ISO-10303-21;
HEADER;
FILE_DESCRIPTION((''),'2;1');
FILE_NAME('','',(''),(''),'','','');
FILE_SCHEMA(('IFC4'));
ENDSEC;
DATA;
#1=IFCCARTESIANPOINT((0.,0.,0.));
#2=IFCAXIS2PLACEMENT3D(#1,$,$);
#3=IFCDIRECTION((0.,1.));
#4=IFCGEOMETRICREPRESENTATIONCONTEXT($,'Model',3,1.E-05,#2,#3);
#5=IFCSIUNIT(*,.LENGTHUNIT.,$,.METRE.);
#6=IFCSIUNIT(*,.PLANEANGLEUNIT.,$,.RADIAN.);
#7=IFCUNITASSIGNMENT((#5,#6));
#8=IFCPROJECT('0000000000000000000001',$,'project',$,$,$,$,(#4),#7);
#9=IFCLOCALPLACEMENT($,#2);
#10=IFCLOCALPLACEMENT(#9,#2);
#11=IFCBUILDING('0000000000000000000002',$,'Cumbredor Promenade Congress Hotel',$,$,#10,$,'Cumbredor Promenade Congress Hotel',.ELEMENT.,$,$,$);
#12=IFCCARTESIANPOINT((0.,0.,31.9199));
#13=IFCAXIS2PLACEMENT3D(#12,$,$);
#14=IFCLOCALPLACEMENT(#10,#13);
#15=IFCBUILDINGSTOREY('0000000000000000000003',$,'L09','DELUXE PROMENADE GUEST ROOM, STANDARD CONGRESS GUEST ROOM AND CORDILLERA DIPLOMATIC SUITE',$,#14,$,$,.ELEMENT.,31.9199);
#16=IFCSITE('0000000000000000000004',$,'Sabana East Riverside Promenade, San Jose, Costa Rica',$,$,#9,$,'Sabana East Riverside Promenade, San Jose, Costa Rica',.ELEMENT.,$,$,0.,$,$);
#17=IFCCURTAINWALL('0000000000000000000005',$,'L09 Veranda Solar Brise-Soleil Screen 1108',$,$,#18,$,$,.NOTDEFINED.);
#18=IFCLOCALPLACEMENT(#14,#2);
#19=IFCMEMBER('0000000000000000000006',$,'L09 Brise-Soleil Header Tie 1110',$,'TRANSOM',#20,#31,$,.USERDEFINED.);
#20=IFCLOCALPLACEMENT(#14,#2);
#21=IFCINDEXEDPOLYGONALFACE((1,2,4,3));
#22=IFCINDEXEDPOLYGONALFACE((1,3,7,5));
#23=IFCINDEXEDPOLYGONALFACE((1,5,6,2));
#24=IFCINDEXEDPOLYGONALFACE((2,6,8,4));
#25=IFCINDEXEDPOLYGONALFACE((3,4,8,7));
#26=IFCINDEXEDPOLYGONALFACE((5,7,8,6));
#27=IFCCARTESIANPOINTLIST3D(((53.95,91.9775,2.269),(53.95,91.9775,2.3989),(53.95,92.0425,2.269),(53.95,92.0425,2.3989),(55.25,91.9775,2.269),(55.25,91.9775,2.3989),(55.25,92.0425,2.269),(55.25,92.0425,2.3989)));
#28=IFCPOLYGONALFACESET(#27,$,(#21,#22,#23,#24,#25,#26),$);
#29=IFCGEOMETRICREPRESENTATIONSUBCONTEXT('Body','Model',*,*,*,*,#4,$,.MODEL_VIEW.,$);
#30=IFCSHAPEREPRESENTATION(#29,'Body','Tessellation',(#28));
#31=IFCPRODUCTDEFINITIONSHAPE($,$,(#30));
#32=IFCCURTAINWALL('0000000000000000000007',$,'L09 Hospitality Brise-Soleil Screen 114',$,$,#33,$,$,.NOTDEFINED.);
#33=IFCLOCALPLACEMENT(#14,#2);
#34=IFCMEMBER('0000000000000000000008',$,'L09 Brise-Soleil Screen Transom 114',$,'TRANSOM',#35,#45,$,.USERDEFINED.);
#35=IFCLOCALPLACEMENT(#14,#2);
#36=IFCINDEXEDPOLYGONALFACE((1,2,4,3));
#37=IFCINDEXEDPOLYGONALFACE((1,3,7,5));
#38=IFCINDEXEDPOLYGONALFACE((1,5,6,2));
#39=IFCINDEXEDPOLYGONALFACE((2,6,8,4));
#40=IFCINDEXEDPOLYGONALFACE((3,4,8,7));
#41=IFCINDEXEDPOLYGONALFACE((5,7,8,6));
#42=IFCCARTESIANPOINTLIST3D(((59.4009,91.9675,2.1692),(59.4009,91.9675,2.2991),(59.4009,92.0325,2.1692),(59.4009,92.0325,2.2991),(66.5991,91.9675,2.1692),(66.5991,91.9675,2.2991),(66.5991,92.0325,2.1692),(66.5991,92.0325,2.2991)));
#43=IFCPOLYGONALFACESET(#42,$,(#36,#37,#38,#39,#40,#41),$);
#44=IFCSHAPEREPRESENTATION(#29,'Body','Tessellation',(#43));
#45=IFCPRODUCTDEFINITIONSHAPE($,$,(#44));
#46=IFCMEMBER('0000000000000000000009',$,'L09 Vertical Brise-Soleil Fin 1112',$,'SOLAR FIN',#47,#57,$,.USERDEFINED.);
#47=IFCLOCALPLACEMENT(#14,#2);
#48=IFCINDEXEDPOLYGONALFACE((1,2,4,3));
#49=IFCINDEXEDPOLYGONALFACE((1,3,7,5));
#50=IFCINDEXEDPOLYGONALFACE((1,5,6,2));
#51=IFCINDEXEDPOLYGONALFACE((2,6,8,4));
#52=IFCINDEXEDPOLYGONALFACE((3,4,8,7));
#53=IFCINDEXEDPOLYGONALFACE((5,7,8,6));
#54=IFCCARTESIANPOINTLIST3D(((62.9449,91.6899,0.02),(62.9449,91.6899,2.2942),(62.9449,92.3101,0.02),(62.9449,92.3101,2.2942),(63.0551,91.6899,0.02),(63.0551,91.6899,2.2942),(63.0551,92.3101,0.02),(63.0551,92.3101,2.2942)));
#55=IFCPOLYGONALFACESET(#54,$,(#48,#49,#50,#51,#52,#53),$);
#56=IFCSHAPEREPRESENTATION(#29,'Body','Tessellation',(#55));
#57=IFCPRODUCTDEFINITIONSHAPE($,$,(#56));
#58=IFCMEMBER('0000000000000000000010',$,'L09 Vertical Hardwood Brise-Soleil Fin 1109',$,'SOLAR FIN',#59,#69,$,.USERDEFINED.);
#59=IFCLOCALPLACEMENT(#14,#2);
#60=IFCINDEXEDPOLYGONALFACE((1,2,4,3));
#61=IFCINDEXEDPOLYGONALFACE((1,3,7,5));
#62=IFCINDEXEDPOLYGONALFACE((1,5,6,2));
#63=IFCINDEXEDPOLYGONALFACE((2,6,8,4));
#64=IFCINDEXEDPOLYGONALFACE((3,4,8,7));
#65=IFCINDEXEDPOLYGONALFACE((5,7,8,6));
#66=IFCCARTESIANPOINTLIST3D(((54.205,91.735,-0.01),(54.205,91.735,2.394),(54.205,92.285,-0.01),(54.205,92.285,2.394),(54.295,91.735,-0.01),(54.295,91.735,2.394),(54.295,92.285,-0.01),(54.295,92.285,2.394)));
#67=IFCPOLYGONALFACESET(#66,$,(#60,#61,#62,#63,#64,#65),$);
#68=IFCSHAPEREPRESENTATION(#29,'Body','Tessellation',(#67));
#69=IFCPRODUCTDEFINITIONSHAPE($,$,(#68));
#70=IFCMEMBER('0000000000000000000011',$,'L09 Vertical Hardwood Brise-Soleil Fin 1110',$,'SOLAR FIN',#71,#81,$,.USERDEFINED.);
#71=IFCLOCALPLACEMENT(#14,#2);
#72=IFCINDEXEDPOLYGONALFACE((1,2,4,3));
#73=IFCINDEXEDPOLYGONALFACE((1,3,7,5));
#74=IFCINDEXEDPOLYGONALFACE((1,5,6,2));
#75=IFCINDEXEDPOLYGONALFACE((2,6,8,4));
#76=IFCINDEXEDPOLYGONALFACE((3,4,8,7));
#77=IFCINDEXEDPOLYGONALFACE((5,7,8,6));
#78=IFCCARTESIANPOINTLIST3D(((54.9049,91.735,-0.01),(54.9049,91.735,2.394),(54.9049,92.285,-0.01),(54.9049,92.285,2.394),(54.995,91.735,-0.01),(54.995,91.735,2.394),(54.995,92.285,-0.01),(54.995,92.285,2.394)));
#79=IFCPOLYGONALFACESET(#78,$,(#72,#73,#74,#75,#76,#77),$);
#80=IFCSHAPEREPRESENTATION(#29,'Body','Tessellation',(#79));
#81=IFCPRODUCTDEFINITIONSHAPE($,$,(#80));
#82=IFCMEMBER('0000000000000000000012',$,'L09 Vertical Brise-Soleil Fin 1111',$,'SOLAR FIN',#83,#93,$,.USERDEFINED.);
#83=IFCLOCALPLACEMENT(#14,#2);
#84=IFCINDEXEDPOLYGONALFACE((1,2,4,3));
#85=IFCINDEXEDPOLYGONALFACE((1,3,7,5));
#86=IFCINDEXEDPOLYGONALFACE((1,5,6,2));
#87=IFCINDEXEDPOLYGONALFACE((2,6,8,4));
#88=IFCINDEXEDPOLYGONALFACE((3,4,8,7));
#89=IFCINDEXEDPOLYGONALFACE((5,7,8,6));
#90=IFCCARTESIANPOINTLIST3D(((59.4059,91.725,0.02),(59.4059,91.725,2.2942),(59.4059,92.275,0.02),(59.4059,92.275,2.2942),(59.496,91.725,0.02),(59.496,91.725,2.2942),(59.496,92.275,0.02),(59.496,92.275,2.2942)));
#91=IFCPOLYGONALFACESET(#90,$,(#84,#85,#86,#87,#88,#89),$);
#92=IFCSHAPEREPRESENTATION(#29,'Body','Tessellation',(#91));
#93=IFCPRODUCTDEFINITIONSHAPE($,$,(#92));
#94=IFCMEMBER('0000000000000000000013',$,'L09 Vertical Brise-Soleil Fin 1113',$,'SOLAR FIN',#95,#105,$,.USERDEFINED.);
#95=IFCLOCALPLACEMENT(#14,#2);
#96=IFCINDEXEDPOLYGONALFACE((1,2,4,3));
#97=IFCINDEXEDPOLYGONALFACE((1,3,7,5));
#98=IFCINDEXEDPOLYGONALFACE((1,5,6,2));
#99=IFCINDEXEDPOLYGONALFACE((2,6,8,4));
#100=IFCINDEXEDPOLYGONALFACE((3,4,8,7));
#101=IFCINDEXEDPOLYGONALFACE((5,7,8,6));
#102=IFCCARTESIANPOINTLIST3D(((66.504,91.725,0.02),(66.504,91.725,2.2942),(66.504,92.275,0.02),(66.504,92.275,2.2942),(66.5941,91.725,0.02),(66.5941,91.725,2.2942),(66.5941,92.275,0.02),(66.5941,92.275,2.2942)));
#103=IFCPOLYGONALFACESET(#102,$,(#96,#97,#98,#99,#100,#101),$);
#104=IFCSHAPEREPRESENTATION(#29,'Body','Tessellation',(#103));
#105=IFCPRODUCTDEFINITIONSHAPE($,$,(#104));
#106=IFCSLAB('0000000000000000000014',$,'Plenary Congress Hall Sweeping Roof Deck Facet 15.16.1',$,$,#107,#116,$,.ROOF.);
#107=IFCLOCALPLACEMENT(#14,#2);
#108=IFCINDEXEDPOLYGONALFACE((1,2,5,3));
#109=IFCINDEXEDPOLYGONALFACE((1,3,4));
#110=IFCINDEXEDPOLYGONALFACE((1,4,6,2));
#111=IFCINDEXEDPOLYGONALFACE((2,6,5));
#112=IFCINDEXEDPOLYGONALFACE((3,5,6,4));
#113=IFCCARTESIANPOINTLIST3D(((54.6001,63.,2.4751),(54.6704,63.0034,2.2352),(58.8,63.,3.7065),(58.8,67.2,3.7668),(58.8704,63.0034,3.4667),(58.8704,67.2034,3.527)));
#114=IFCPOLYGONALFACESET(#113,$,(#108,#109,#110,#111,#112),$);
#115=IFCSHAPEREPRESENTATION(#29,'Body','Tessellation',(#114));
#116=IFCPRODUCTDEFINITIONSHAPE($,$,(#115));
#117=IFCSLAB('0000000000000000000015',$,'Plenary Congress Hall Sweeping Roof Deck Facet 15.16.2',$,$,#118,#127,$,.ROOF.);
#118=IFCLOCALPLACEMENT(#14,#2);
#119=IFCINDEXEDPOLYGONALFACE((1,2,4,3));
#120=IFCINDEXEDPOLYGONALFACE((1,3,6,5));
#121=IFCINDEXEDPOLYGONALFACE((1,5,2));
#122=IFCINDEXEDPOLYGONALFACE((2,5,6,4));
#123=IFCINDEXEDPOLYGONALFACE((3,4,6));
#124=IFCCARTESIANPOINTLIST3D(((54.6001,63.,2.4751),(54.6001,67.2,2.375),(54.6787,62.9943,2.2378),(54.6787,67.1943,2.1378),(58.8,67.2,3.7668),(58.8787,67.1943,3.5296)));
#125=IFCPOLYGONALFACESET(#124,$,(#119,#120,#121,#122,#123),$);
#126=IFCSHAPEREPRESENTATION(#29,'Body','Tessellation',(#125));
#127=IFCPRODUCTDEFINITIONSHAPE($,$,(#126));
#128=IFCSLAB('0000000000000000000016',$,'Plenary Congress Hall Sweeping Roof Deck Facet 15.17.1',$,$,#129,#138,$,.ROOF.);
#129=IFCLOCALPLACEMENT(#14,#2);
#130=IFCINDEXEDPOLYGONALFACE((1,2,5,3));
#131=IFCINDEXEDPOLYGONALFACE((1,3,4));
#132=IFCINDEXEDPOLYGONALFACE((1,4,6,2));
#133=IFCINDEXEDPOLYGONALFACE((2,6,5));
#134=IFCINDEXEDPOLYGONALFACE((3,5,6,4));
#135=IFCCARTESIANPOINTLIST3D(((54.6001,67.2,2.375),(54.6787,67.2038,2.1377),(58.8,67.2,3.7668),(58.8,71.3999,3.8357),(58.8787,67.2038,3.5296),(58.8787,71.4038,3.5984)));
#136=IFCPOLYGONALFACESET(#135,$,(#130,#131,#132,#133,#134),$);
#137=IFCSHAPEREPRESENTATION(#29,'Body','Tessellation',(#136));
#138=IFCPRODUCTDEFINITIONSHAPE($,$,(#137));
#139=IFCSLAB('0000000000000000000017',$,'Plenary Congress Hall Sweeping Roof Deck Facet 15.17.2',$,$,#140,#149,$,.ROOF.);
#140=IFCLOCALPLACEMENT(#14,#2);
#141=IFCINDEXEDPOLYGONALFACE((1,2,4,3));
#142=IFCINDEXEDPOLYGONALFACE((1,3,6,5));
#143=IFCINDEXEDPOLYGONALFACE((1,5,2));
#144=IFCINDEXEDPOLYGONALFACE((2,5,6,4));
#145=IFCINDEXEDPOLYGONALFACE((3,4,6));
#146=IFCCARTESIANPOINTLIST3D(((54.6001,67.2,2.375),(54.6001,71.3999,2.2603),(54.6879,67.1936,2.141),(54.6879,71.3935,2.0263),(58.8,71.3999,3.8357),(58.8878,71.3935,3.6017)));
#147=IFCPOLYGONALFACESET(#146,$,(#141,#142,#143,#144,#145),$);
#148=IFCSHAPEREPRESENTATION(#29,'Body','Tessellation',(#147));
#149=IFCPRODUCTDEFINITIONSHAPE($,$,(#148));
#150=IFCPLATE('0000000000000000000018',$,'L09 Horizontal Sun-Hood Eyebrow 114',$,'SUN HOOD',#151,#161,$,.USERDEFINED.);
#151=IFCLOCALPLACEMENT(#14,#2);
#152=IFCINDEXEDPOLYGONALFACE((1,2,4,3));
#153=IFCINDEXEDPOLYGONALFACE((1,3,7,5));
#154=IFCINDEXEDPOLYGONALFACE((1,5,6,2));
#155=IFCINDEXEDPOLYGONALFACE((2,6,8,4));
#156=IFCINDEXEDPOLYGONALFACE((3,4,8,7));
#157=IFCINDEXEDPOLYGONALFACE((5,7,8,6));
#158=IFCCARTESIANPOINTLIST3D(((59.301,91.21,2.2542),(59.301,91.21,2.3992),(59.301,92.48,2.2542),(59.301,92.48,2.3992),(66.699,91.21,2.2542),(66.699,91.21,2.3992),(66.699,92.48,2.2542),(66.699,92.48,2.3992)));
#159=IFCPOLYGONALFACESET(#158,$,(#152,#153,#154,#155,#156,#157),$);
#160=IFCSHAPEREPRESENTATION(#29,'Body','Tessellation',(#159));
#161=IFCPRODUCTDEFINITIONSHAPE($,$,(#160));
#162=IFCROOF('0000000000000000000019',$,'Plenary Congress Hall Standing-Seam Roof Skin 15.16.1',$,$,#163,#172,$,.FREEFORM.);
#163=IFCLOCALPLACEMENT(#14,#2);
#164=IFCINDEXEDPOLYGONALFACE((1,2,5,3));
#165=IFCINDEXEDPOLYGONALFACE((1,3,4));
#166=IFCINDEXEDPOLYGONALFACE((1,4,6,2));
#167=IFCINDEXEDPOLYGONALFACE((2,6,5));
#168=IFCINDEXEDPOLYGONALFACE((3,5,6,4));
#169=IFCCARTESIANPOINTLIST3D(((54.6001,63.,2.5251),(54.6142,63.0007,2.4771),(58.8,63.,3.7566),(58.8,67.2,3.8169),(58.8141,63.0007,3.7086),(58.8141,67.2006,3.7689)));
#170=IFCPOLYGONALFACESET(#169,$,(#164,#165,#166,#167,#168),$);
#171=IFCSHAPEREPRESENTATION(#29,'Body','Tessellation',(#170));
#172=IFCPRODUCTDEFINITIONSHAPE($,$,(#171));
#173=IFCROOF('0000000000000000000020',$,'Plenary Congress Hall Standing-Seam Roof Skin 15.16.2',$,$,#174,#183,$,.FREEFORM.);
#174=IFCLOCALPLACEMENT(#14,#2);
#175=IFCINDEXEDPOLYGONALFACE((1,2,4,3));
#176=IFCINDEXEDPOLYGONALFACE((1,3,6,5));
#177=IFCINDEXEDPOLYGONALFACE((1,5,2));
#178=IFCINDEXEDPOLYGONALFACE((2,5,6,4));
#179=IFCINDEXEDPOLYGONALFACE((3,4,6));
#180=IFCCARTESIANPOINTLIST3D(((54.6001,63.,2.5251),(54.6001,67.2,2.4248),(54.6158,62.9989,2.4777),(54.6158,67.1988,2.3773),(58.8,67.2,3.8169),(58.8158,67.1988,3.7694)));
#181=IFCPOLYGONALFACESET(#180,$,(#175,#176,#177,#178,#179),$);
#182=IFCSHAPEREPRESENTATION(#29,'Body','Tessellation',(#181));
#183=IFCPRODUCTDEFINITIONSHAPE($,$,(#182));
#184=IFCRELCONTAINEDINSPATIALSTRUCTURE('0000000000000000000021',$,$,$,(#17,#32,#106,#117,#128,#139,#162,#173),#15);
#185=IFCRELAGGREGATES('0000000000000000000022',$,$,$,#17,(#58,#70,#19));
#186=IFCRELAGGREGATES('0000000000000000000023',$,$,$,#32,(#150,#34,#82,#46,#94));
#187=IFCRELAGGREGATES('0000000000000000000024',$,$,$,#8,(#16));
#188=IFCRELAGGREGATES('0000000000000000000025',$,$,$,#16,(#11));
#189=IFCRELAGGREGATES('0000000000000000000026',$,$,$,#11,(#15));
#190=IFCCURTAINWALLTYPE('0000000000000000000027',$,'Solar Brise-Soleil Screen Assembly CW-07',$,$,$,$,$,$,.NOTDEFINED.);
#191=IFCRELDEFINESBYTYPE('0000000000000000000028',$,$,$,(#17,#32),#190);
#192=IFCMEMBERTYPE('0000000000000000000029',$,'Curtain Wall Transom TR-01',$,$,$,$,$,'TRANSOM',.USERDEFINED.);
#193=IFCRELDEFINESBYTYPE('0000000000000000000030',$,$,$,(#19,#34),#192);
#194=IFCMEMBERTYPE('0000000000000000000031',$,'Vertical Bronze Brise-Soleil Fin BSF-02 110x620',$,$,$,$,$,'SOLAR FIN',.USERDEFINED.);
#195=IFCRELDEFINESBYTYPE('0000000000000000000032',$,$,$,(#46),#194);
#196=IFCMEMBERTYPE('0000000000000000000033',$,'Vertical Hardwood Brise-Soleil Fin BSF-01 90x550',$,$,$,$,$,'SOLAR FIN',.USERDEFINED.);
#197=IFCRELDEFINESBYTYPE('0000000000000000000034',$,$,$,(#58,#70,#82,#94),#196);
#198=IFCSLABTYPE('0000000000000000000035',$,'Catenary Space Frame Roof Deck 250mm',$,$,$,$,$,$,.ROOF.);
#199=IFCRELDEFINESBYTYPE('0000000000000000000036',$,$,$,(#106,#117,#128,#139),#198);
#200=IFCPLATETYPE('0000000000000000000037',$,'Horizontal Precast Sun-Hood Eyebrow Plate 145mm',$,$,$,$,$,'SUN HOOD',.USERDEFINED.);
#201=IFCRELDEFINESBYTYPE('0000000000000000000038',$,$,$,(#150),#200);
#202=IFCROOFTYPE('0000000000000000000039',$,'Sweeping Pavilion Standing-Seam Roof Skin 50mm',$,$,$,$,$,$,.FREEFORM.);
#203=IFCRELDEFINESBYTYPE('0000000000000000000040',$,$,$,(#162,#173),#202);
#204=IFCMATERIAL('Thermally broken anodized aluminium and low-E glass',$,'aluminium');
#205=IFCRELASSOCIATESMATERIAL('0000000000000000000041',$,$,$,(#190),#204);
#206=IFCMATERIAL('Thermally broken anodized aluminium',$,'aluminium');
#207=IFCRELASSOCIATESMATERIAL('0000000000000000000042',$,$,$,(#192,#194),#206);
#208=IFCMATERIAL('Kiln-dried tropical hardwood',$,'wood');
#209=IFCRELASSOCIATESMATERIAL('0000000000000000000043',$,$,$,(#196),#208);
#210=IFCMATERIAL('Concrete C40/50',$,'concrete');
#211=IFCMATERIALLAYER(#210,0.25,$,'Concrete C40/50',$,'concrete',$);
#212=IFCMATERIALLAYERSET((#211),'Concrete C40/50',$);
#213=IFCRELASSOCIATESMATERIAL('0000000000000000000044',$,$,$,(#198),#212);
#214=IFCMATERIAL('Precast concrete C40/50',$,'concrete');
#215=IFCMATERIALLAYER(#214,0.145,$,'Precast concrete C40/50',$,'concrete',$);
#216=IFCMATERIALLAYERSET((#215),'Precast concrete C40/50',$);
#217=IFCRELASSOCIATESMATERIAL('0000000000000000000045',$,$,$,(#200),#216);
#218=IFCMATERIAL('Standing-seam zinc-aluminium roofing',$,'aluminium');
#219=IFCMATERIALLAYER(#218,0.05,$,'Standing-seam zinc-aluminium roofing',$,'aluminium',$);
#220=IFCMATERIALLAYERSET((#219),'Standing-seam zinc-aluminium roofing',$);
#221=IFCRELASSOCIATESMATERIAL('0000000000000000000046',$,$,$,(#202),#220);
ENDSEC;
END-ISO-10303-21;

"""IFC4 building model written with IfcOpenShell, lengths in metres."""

from ifc_helpers import new_model, si_unit, direction, frame, origin, origin_2d, place, context, subcontext, project, spatial, polyline, rectangle, outline, extrude, material, layer, layer_set, material_profile, profile_set, type_object, element, aggregate, save


model = new_model("IFC4")

# Units and contexts
model_context = context("Model", 3, precision=1e-05, world=origin(), true_north=direction((0.0, 1.0)))
body_context = subcontext(model_context, "Body", "Model", "MODEL_VIEW")
ifc_project = project(units=[si_unit("LENGTHUNIT", "METRE"), si_unit("PLANEANGLEUNIT", "RADIAN")], contexts=[model_context])

# Site, building, storey
site_placement = place(None, origin())
site = spatial("IfcSite", under=ifc_project, at=site_placement, Name="Sabana East Riverside Promenade, San Jose, Costa Rica", LongName="Sabana East Riverside Promenade, San Jose, Costa Rica", CompositionType="ELEMENT", RefElevation=0.0)
building_placement = place(site_placement, origin())
building = spatial("IfcBuilding", under=site, at=building_placement, Name="Cumbredor Promenade Congress Hotel", LongName="Cumbredor Promenade Congress Hotel", CompositionType="ELEMENT")
storey_placement = place(building_placement, frame((0.0, 0.0, 31.9199)))
storey = spatial("IfcBuildingStorey", under=building, at=storey_placement, Name="L09", Description="DELUXE PROMENADE GUEST ROOM, STANDARD CONGRESS GUEST ROOM AND CORDILLERA DIPLOMATIC SUITE", CompositionType="ELEMENT", Elevation=31.9199)

# Curtain wall, member
ifc_material_1 = material(Name="Thermally broken anodized aluminium and low-E glass", Category="aluminium")
curtain_wall_type = type_object("IfcCurtainWallType", Name="Solar Brise-Soleil Screen Assembly CW-07", PredefinedType="NOTDEFINED", material=ifc_material_1)
curtain_wall_1_placement = place(storey_placement, origin())
curtain_wall_1 = element("IfcCurtainWall", 1, at=curtain_wall_1_placement, inside=storey, type_object=curtain_wall_type, Name="L09 Veranda Solar Brise-Soleil Screen 1108", PredefinedType="NOTDEFINED")
ifc_material_2 = material(Name="Thermally broken anodized aluminium", Category="aluminium")
ifc_material_profile_1 = material_profile(ifc_material_2, rectangle(XDim=0.0649, YDim=0.1299, at=origin_2d()), Name="ALU TRANSOM 65x130")
ifc_profile_set_1 = profile_set([ifc_material_profile_1], Name="Thermally broken anodized aluminium")
member_type_1 = type_object("IfcMemberType", Name="Curtain Wall Transom TR-01", ElementType="TRANSOM", PredefinedType="USERDEFINED", material=ifc_profile_set_1)
member_1_placement = place(storey_placement, frame((53.95, 92.01, 2.334), z_axis=(1.0, 0.0, 0.0), x_axis=(0.0, 1.0, 0.0)))
member_1 = element("IfcMember", 2, at=member_1_placement, type_object=member_type_1, Name="L09 Brise-Soleil Header Tie 1110", ObjectType="TRANSOM", PredefinedType="USERDEFINED", context=body_context, shape_type="SweptSolid", body=[
    extrude(rectangle(XDim=0.0649, YDim=0.1299, at=origin_2d()), origin(), (0.0, 0.0, 1.0), 1.3),
])

# Curtain wall, members
curtain_wall_2_placement = place(storey_placement, origin())
curtain_wall_2 = element("IfcCurtainWall", 3, at=curtain_wall_2_placement, inside=storey, type_object=curtain_wall_type, Name="L09 Hospitality Brise-Soleil Screen 114", PredefinedType="NOTDEFINED")
member_2_placement = place(storey_placement, frame((59.4009, 92.0, 2.2341), z_axis=(1.0, 0.0, 0.0), x_axis=(0.0, 1.0, 0.0)))
member_2 = element("IfcMember", 4, at=member_2_placement, type_object=member_type_1, Name="L09 Brise-Soleil Screen Transom 114", ObjectType="TRANSOM", PredefinedType="USERDEFINED", context=body_context, shape_type="SweptSolid", body=[
    extrude(rectangle(XDim=0.0649, YDim=0.1299, at=origin_2d()), origin(), (0.0, 0.0, 1.0), 7.1982),
])
ifc_material_profile_2 = material_profile(ifc_material_2, rectangle(XDim=0.1101, YDim=0.6201, at=origin_2d()), Name="ARCH FIN 110x620")
ifc_profile_set_2 = profile_set([ifc_material_profile_2], Name="Thermally broken anodized aluminium")
member_type_2 = type_object("IfcMemberType", Name="Vertical Bronze Brise-Soleil Fin BSF-02 110x620", ElementType="SOLAR FIN", PredefinedType="USERDEFINED", material=ifc_profile_set_2)
member_3_placement = place(storey_placement, frame((63.0, 92.0, 0.02), z_axis=(0.0, 0.0, 1.0), x_axis=(1.0, 0.0, 0.0)))
member_3 = element("IfcMember", 5, at=member_3_placement, type_object=member_type_2, Name="L09 Vertical Brise-Soleil Fin 1112", ObjectType="SOLAR FIN", PredefinedType="USERDEFINED", context=body_context, shape_type="SweptSolid", body=[
    extrude(rectangle(XDim=0.1101, YDim=0.6201, at=origin_2d()), origin(), (0.0, 0.0, 1.0), 2.2742),
])

# Members
ifc_material_3 = material(Name="Kiln-dried tropical hardwood", Category="wood")
ifc_material_profile_3 = material_profile(ifc_material_3, rectangle(XDim=0.0901, YDim=0.55, at=origin_2d()), Name="ARCH FIN 90x550")
ifc_profile_set_3 = profile_set([ifc_material_profile_3], Name="Kiln-dried tropical hardwood")
member_type_3 = type_object("IfcMemberType", Name="Vertical Hardwood Brise-Soleil Fin BSF-01 90x550", ElementType="SOLAR FIN", PredefinedType="USERDEFINED", material=ifc_profile_set_3)
member_4_placement = place(storey_placement, frame((54.25, 92.01, -0.01), z_axis=(0.0, 0.0, 1.0), x_axis=(1.0, 0.0, 0.0)))
member_4 = element("IfcMember", 6, at=member_4_placement, type_object=member_type_3, Name="L09 Vertical Hardwood Brise-Soleil Fin 1109", ObjectType="SOLAR FIN", PredefinedType="USERDEFINED", context=body_context, shape_type="SweptSolid", body=[
    extrude(rectangle(XDim=0.0901, YDim=0.55, at=origin_2d()), origin(), (0.0, 0.0, 1.0), 2.4041),
])
member_5_placement = place(storey_placement, frame((54.95, 92.01, -0.01), z_axis=(0.0, 0.0, 1.0), x_axis=(1.0, 0.0, 0.0)))
member_5 = element("IfcMember", 7, at=member_5_placement, type_object=member_type_3, Name="L09 Vertical Hardwood Brise-Soleil Fin 1110", ObjectType="SOLAR FIN", PredefinedType="USERDEFINED", context=body_context, shape_type="SweptSolid", body=[
    extrude(rectangle(XDim=0.0901, YDim=0.55, at=origin_2d()), origin(), (0.0, 0.0, 1.0), 2.4041),
])
aggregate(curtain_wall_1, [member_4, member_5, member_1])
member_6_placement = place(storey_placement, frame((59.4509, 92.0, 0.02), z_axis=(0.0, 0.0, 1.0), x_axis=(1.0, 0.0, 0.0)))
member_6 = element("IfcMember", 8, at=member_6_placement, type_object=member_type_3, Name="L09 Vertical Brise-Soleil Fin 1111", ObjectType="SOLAR FIN", PredefinedType="USERDEFINED", context=body_context, shape_type="SweptSolid", body=[
    extrude(rectangle(XDim=0.0901, YDim=0.55, at=origin_2d()), origin(), (0.0, 0.0, 1.0), 2.2742),
])
member_7_placement = place(storey_placement, frame((66.5491, 92.0, 0.02), z_axis=(0.0, 0.0, 1.0), x_axis=(1.0, 0.0, 0.0)))
member_7 = element("IfcMember", 9, at=member_7_placement, type_object=member_type_3, Name="L09 Vertical Brise-Soleil Fin 1113", ObjectType="SOLAR FIN", PredefinedType="USERDEFINED", context=body_context, shape_type="SweptSolid", body=[
    extrude(rectangle(XDim=0.0901, YDim=0.55, at=origin_2d()), origin(), (0.0, 0.0, 1.0), 2.2742),
])

# Slabs
ifc_material_4 = material(Name="Concrete C40/50", Category="concrete")
ifc_layer_1 = layer(ifc_material_4, 0.25, Name="Concrete C40/50", Category="concrete")
ifc_layer_set_1 = layer_set([ifc_layer_1], Name="Concrete C40/50")
slab_type = type_object("IfcSlabType", Name="Catenary Space Frame Roof Deck 250mm", PredefinedType="ROOF", material=ifc_layer_set_1)
slab_1_placement = place(storey_placement, frame((54.6001, 63.0, 2.4751), z_axis=(-0.281333, -0.013777, 0.959511), x_axis=(0.959602, 0.0, 0.28136)))
element("IfcSlab", 10, at=slab_1_placement, inside=storey, type_object=slab_type, Name="Plenary Congress Hall Sweeping Roof Deck Facet 15.16.1", PredefinedType="ROOF", context=body_context, shape_type="SweptSolid", body=[
    extrude(outline(polyline([(0.0, 0.0), (4.3768, 0.0), (4.3937, 4.2003), (0.0, 0.0)])), origin(), (0.0, 0.0, -1.0), 0.25),
])
slab_2_placement = place(storey_placement, frame((54.6001, 63.0, 2.4751), z_axis=(-0.314491, 0.022617, 0.948991), x_axis=(0.690955, 0.690955, 0.212512)))
element("IfcSlab", 11, at=slab_2_placement, inside=storey, type_object=slab_type, Name="Plenary Congress Hall Sweeping Roof Deck Facet 15.16.2", PredefinedType="ROOF", context=body_context, shape_type="SweptSolid", body=[
    extrude(outline(polyline([(0.0, 0.0), (6.0785, 0.0), (2.8807, 3.058), (0.0, 0.0)])), origin(), (0.0, 0.0, -1.0), 0.25),
])
slab_3_placement = place(storey_placement, frame((54.6001, 67.2, 2.375), z_axis=(-0.314534, -0.015558, 0.949119), x_axis=(0.949234, 0.0, 0.314572)))
element("IfcSlab", 12, at=slab_3_placement, inside=storey, type_object=slab_type, Name="Plenary Congress Hall Sweeping Roof Deck Facet 15.17.1", PredefinedType="ROOF", context=body_context, shape_type="SweptSolid", body=[
    extrude(outline(polyline([(0.0, 0.0), (4.4246, 0.0), (4.4462, 4.2005), (0.0, 0.0)])), origin(), (0.0, 0.0, -1.0), 0.25),
])
slab_4_placement = place(storey_placement, frame((54.6001, 67.2, 2.375), z_axis=(-0.351098, 0.025572, 0.935989), x_axis=(0.686648, 0.686648, 0.238808)))
element("IfcSlab", 13, at=slab_4_placement, inside=storey, type_object=slab_type, Name="Plenary Congress Hall Sweeping Roof Deck Facet 15.17.2", PredefinedType="ROOF", context=body_context, shape_type="SweptSolid", body=[
    extrude(outline(polyline([(0.0, 0.0), (6.1166, 0.0), (2.8565, 3.0811), (0.0, 0.0)])), origin(), (0.0, 0.0, -1.0), 0.25),
])

# Plate
ifc_material_5 = material(Name="Precast concrete C40/50", Category="concrete")
ifc_layer_2 = layer(ifc_material_5, 0.145, Name="Precast concrete C40/50", Category="concrete")
ifc_layer_set_2 = layer_set([ifc_layer_2], Name="Precast concrete C40/50")
plate_type = type_object("IfcPlateType", Name="Horizontal Precast Sun-Hood Eyebrow Plate 145mm", ElementType="SUN HOOD", PredefinedType="USERDEFINED", material=ifc_layer_set_2)
plate_placement = place(storey_placement, frame((63.0, 91.845, 2.2542), z_axis=(0.0, 0.0, 1.0), x_axis=(1.0, 0.0, 0.0)))
plate = element("IfcPlate", 14, at=plate_placement, type_object=plate_type, Name="L09 Horizontal Sun-Hood Eyebrow 114", ObjectType="SUN HOOD", PredefinedType="USERDEFINED", context=body_context, shape_type="SweptSolid", body=[
    extrude(rectangle(XDim=7.3979, YDim=1.27, at=origin_2d()), origin(), (0.0, 0.0, 1.0), 0.145),
])
aggregate(curtain_wall_2, [plate, member_2, member_6, member_3, member_7])

# Roofs
ifc_material_6 = material(Name="Standing-seam zinc-aluminium roofing", Category="aluminium")
ifc_layer_3 = layer(ifc_material_6, 0.05, Name="Standing-seam zinc-aluminium roofing", Category="aluminium")
ifc_layer_set_3 = layer_set([ifc_layer_3], Name="Standing-seam zinc-aluminium roofing")
roof_type = type_object("IfcRoofType", Name="Sweeping Pavilion Standing-Seam Roof Skin 50mm", PredefinedType="FREEFORM", material=ifc_layer_set_3)
roof_1_placement = place(storey_placement, frame((54.6001, 63.0, 2.5251), z_axis=(-0.281333, -0.013777, 0.959511), x_axis=(0.959602, 0.0, 0.28136)))
element("IfcRoof", 15, at=roof_1_placement, inside=storey, type_object=roof_type, Name="Plenary Congress Hall Standing-Seam Roof Skin 15.16.1", PredefinedType="FREEFORM", context=body_context, shape_type="SweptSolid", body=[
    extrude(outline(polyline([(0.0, 0.0), (4.3768, 0.0), (4.3937, 4.2003), (0.0, 0.0)])), origin(), (0.0, 0.0, -1.0), 0.05),
])
roof_2_placement = place(storey_placement, frame((54.6001, 63.0, 2.5251), z_axis=(-0.314541, 0.022672, 0.948973), x_axis=(0.690955, 0.690955, 0.212512)))
element("IfcRoof", 16, at=roof_2_placement, inside=storey, type_object=roof_type, Name="Plenary Congress Hall Standing-Seam Roof Skin 15.16.2", PredefinedType="FREEFORM", context=body_context, shape_type="SweptSolid", body=[
    extrude(outline(polyline([(0.0, 0.0), (6.0785, 0.0), (2.8807, 3.058), (0.0, 0.0)])), origin(), (0.0, 0.0, -1.0), 0.05),
])

save(model, "model.ifc")
